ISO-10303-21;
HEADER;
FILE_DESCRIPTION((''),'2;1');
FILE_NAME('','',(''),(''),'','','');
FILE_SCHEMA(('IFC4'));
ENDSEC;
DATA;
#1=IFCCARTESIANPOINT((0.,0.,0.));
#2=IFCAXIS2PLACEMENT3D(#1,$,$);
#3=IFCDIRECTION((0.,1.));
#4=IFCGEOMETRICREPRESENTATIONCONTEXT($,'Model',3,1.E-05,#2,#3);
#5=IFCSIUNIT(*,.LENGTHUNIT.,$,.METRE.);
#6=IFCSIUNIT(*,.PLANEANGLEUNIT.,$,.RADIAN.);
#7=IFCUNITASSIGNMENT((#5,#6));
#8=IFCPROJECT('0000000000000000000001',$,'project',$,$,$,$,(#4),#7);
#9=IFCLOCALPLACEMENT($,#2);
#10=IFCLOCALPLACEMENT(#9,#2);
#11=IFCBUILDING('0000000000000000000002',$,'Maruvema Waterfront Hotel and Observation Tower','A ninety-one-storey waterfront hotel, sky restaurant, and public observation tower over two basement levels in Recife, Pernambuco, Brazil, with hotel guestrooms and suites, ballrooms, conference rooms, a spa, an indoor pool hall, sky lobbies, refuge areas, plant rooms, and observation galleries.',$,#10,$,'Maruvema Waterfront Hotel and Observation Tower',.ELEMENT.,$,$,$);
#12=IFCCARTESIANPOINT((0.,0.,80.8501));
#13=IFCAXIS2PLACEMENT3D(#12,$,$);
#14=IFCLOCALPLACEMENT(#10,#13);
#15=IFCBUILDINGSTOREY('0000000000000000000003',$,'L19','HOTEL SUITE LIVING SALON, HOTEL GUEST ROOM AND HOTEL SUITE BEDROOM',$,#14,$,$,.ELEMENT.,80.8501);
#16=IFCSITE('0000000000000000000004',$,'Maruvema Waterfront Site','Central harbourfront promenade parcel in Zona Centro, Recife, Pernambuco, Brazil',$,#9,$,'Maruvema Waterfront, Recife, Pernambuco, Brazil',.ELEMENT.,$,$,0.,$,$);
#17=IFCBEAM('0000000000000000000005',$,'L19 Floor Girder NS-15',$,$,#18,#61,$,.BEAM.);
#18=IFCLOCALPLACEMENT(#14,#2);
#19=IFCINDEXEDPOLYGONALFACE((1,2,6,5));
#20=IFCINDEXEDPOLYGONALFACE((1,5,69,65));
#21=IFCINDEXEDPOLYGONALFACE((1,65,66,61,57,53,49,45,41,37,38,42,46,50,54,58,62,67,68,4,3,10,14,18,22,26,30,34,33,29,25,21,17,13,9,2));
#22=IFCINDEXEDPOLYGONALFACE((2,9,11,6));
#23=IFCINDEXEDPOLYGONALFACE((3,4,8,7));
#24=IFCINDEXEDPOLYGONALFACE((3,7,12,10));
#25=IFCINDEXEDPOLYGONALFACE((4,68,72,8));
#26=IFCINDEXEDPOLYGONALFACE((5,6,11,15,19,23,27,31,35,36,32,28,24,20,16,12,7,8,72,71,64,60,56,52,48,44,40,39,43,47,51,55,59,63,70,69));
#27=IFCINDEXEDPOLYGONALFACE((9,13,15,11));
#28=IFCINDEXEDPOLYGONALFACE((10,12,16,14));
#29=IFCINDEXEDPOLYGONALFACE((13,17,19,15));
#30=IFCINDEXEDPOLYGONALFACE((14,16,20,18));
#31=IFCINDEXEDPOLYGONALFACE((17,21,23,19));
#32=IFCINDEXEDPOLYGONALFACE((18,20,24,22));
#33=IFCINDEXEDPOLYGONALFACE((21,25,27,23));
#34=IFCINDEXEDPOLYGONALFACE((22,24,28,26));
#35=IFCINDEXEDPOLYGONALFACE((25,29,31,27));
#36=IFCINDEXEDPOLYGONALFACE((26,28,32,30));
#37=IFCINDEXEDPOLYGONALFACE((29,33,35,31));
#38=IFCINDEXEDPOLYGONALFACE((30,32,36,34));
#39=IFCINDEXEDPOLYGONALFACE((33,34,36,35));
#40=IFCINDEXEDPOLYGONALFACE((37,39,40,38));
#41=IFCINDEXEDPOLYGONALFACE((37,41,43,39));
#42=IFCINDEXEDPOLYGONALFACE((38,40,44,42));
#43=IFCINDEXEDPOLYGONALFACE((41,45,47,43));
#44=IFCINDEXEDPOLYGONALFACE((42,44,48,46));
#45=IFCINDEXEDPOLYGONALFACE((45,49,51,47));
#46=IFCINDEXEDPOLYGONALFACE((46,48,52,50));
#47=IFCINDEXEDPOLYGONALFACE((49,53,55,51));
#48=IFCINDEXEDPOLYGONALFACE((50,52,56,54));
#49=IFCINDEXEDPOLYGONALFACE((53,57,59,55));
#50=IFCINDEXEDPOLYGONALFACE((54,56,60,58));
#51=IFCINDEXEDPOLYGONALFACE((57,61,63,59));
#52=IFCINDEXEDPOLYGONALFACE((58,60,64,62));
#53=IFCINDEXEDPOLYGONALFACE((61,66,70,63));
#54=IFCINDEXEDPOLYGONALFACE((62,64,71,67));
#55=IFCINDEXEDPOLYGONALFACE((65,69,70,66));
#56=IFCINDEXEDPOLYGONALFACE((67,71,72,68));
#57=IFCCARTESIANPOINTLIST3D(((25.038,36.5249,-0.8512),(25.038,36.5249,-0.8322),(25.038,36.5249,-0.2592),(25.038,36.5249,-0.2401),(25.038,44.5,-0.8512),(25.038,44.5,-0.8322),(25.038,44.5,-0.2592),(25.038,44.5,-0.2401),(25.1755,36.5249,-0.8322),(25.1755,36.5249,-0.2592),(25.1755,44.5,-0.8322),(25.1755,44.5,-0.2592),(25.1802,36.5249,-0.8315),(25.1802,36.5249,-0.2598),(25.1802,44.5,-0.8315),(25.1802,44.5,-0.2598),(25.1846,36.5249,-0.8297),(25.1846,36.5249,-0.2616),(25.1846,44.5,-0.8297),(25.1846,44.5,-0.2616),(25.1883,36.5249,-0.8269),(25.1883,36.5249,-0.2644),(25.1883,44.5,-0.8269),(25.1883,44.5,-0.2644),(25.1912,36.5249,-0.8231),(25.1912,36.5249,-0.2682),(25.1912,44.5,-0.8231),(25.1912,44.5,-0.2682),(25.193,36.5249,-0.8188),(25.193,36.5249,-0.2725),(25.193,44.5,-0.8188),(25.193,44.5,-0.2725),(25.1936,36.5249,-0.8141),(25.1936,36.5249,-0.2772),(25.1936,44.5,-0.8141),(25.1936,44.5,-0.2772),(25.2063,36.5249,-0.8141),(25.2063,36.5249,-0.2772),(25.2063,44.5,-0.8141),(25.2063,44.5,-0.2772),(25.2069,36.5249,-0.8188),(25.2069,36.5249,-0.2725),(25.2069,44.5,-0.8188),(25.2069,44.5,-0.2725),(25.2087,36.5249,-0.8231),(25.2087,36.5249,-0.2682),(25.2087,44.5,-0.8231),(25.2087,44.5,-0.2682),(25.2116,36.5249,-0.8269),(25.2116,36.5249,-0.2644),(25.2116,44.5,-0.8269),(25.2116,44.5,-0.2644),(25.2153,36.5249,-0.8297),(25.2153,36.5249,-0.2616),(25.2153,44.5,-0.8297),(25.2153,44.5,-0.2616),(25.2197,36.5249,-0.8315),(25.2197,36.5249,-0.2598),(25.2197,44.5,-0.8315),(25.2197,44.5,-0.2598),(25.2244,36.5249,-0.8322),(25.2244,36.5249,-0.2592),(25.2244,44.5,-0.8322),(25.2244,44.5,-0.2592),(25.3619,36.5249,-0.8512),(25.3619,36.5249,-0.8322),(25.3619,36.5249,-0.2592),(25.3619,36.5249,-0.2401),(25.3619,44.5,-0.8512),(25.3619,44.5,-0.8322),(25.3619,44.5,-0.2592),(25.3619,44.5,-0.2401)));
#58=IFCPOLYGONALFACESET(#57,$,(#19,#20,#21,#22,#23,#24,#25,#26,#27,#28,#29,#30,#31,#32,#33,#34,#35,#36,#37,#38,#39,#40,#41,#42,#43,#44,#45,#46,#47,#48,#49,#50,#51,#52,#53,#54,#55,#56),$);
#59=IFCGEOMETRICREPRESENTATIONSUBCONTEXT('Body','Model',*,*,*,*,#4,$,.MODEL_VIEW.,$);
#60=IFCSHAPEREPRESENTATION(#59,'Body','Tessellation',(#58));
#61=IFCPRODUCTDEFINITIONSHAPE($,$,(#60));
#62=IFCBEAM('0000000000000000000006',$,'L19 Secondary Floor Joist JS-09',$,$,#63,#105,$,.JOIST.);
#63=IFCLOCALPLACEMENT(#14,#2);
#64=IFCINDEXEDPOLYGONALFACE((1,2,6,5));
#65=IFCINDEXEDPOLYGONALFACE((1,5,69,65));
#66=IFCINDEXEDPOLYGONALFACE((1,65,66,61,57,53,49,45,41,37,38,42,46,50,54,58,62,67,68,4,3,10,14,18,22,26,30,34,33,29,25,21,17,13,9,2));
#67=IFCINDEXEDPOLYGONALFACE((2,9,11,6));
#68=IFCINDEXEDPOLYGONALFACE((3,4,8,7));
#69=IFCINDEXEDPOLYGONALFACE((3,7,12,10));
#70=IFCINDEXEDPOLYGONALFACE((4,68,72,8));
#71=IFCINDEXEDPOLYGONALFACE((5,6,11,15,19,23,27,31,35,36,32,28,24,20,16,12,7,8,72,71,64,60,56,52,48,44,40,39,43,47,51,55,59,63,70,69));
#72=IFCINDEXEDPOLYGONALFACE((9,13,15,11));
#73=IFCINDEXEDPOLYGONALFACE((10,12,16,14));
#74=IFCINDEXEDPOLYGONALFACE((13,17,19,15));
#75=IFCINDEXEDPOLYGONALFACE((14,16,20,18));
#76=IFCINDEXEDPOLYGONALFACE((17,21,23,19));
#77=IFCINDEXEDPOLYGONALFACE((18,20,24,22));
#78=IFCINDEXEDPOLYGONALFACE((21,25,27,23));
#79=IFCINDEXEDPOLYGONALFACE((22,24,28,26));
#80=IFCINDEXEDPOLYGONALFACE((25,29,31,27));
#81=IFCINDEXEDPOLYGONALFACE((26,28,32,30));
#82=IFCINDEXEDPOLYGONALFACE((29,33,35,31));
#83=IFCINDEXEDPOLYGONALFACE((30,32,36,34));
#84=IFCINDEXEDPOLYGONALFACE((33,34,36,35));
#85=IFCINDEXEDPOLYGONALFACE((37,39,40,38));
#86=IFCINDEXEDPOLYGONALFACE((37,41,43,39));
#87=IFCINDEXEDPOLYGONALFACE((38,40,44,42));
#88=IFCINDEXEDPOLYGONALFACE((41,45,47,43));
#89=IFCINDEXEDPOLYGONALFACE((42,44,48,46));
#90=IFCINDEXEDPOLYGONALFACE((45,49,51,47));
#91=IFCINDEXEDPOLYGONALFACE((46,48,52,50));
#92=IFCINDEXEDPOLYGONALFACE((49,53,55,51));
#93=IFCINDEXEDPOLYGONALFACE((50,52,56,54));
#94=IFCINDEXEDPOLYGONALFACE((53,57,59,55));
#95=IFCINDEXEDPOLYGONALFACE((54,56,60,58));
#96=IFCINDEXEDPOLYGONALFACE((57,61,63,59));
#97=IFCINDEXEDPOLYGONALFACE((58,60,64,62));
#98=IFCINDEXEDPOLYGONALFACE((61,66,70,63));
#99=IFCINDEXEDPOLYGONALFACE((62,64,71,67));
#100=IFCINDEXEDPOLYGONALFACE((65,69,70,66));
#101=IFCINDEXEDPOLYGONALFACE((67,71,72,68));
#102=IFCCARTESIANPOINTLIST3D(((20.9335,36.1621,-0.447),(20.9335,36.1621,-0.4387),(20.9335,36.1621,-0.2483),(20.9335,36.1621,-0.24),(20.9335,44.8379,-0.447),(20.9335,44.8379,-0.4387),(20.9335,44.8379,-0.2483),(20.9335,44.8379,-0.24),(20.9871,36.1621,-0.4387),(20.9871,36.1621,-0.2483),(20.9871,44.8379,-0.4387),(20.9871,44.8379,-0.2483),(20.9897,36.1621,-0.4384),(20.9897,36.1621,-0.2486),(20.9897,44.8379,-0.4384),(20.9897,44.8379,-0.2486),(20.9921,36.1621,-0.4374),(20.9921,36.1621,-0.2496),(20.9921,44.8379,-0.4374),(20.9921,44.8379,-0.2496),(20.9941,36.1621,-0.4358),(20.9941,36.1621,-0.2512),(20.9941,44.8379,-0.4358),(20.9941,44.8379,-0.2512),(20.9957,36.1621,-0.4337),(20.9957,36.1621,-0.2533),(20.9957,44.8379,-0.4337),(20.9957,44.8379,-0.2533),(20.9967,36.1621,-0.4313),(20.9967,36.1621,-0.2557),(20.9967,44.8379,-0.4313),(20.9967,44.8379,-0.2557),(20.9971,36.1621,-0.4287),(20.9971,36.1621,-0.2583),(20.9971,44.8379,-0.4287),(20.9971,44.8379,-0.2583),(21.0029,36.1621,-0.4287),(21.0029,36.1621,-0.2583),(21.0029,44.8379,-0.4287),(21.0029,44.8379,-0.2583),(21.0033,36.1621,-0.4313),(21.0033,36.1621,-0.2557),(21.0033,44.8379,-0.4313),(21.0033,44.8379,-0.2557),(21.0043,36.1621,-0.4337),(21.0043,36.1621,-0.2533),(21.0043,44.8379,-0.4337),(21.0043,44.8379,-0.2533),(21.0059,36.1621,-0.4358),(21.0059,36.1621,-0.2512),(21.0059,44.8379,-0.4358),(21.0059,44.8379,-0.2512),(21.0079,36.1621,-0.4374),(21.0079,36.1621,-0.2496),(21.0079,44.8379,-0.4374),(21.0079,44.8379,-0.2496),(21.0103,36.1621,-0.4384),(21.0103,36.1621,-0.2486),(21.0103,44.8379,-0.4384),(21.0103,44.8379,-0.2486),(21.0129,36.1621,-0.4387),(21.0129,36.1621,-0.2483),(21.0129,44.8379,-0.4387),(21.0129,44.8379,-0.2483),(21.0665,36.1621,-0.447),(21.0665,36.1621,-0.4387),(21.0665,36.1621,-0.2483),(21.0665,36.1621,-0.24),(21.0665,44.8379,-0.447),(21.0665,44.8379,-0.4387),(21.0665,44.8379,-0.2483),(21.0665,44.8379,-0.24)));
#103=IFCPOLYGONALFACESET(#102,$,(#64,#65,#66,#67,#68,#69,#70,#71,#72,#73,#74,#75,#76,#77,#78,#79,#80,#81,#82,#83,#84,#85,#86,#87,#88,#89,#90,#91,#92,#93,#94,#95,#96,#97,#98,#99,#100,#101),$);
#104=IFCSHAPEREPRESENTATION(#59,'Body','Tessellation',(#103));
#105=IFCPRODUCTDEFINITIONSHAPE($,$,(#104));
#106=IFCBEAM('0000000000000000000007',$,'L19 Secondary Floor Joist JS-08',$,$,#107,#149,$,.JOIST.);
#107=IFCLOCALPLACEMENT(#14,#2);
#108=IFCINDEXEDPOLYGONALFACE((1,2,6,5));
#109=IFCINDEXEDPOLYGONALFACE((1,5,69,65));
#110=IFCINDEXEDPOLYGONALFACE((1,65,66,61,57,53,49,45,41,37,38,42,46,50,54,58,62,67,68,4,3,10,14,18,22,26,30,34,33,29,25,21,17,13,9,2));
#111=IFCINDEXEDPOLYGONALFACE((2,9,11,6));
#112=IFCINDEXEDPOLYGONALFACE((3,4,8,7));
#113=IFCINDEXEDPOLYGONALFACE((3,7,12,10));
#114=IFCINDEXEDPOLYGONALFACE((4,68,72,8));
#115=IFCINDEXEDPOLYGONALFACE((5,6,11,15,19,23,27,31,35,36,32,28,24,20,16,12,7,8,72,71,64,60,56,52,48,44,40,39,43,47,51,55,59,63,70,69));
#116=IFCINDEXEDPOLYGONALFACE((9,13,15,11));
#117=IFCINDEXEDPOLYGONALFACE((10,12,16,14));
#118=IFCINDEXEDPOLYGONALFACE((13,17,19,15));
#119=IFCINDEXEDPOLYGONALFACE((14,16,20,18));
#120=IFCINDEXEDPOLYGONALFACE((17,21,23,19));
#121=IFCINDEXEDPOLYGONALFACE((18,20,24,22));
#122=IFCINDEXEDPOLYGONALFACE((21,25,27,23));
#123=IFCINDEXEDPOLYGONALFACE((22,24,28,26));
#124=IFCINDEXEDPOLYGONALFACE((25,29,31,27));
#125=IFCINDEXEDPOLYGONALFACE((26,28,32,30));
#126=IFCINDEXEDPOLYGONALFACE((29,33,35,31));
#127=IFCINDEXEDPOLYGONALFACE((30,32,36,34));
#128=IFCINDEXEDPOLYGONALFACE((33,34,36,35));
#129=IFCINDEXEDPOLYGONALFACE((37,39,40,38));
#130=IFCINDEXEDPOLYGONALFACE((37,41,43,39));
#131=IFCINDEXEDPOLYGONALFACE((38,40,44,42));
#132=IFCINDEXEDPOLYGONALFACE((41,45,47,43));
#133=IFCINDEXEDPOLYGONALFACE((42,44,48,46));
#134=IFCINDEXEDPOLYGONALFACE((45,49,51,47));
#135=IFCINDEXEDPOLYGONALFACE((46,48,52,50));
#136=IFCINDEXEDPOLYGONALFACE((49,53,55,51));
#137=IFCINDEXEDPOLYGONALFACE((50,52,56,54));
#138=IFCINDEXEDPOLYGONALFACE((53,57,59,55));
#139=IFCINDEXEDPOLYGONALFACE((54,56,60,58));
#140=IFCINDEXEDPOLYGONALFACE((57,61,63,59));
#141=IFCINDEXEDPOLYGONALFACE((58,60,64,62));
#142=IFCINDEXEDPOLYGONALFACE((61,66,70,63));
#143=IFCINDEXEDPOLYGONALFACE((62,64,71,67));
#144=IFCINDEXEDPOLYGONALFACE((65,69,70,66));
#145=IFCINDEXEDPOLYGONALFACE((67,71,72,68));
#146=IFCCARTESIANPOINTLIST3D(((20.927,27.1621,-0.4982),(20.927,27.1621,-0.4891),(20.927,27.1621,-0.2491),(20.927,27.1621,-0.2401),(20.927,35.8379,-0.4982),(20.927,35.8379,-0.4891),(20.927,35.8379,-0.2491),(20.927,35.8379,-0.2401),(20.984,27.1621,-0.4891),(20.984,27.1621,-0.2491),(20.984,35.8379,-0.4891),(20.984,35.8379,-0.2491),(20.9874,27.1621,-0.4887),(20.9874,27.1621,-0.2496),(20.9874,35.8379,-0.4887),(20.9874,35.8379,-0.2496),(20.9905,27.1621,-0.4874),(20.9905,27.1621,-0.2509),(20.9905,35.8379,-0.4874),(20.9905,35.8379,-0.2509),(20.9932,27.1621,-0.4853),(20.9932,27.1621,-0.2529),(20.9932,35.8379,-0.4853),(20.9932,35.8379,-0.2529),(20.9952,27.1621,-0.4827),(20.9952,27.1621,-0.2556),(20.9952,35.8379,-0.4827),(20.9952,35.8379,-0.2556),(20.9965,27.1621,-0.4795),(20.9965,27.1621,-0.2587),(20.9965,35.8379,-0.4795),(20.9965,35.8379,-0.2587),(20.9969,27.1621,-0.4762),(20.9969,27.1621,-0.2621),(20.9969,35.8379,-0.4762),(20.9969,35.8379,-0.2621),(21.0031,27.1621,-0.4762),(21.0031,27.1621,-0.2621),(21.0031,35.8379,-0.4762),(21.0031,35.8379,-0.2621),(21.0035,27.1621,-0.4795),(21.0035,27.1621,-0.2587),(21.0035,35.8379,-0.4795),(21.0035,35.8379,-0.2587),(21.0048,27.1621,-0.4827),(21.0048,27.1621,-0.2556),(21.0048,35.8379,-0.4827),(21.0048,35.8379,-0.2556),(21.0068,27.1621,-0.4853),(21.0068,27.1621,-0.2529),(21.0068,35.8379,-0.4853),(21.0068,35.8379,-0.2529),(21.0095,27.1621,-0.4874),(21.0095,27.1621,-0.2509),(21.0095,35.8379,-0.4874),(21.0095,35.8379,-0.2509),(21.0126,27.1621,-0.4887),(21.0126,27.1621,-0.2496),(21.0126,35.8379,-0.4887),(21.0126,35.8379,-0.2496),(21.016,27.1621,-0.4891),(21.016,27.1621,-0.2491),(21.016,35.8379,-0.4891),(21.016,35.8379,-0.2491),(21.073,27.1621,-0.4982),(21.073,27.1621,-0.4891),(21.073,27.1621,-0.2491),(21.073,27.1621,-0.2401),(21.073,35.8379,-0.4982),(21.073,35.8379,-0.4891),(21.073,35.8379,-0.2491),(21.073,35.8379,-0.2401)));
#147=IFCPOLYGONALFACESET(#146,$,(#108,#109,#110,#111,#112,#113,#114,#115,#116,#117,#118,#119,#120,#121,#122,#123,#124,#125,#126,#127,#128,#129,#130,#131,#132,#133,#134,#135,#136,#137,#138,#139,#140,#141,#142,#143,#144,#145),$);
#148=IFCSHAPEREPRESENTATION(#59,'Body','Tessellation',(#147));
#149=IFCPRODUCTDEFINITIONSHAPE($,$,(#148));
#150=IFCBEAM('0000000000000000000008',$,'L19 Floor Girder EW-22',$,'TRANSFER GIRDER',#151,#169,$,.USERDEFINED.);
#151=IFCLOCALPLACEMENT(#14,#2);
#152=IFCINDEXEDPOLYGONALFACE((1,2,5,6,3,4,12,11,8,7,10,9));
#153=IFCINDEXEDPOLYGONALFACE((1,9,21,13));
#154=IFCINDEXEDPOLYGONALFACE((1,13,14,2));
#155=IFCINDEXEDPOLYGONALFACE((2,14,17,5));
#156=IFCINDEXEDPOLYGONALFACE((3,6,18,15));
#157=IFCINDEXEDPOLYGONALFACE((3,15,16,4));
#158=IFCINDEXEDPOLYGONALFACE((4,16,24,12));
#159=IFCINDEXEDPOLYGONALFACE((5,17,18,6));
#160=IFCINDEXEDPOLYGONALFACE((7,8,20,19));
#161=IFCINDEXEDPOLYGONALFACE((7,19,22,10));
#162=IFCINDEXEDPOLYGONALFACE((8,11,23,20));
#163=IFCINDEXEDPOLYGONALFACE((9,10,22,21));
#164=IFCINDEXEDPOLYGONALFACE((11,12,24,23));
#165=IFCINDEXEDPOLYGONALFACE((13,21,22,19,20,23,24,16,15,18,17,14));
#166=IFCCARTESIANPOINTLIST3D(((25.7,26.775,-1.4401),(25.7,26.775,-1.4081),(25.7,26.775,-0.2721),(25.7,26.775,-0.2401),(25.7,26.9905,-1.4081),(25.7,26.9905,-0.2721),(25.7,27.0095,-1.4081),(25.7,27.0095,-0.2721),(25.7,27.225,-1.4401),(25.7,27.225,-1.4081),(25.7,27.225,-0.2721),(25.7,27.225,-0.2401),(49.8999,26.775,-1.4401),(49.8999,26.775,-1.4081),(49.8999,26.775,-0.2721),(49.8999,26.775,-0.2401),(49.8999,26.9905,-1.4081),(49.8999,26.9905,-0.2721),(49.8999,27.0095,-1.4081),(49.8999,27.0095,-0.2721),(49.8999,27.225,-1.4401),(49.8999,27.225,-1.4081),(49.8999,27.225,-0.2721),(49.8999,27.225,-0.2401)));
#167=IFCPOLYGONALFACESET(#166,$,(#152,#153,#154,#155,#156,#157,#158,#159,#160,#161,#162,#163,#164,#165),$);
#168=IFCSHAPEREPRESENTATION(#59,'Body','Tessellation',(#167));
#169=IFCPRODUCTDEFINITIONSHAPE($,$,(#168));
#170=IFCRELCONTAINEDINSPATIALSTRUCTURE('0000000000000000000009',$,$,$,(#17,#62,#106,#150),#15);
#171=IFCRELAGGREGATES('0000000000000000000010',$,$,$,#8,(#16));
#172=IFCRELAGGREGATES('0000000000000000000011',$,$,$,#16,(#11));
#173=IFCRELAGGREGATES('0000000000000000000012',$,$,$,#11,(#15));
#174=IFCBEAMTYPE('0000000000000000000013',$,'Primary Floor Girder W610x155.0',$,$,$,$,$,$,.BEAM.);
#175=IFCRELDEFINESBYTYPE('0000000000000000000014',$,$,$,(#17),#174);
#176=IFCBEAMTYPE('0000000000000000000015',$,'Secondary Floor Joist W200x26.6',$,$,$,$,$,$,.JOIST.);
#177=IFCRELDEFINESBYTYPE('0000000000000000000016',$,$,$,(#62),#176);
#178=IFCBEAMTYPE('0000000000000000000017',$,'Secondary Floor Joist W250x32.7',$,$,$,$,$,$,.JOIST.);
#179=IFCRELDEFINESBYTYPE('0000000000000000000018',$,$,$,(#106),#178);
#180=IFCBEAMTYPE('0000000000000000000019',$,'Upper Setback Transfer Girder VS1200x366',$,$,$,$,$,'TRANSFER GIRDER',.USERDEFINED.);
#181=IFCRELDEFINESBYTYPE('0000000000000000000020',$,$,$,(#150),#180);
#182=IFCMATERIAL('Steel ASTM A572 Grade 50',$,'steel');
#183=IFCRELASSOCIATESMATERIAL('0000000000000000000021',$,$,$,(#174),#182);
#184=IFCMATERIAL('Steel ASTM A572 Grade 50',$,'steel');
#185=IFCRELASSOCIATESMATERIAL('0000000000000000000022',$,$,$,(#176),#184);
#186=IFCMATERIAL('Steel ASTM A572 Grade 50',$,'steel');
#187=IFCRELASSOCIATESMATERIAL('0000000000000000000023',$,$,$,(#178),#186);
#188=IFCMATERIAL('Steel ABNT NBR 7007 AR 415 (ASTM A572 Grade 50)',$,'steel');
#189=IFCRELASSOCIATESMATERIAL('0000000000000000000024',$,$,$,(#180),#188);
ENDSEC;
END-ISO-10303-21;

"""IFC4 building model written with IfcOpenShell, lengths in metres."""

from ifc_helpers import new_model, si_unit, direction, frame, origin, origin_2d, place, context, subcontext, project, spatial, i_section, extrude, material, material_profile, profile_set, type_object, element, save


model = new_model("IFC4")

# Units and contexts
model_context = context("Model", 3, precision=1e-05, world=origin(), true_north=direction((0.0, 1.0)))
body_context = subcontext(model_context, "Body", "Model", "MODEL_VIEW")
ifc_project = project(units=[si_unit("LENGTHUNIT", "METRE"), si_unit("PLANEANGLEUNIT", "RADIAN")], contexts=[model_context])

# Site, building, storey
site_placement = place(None, origin())
site = spatial("IfcSite", under=ifc_project, at=site_placement, Name="Maruvema Waterfront Site", Description="Central harbourfront promenade parcel in Zona Centro, Recife, Pernambuco, Brazil", LongName="Maruvema Waterfront, Recife, Pernambuco, Brazil", CompositionType="ELEMENT", RefElevation=0.0)
building_placement = place(site_placement, origin())
building = spatial("IfcBuilding", under=site, at=building_placement, Name="Maruvema Waterfront Hotel and Observation Tower", Description="A ninety-one-storey waterfront hotel, sky restaurant, and public observation tower over two basement levels in Recife, Pernambuco, Brazil, with hotel guestrooms and suites, ballrooms, conference rooms, a spa, an indoor pool hall, sky lobbies, refuge areas, plant rooms, and observation galleries.", LongName="Maruvema Waterfront Hotel and Observation Tower", CompositionType="ELEMENT")
storey_placement = place(building_placement, frame((0.0, 0.0, 80.8501)))
storey = spatial("IfcBuildingStorey", under=building, at=storey_placement, Name="L19", Description="HOTEL SUITE LIVING SALON, HOTEL GUEST ROOM AND HOTEL SUITE BEDROOM", CompositionType="ELEMENT", Elevation=80.8501)

# Beams
ifc_material_1 = material(Name="Steel ASTM A572 Grade 50", Category="steel")
ifc_material_profile_1 = material_profile(ifc_material_1, i_section(OverallWidth=0.324, OverallDepth=0.6111, WebThickness=0.0127, FlangeThickness=0.019, FilletRadius=0.0181, at=origin_2d()), Name="W610x155.0")
ifc_profile_set_1 = profile_set([ifc_material_profile_1], Name="Steel ASTM A572 Grade 50")
beam_type_1 = type_object("IfcBeamType", Name="Primary Floor Girder W610x155.0", PredefinedType="BEAM", material=ifc_profile_set_1)
for number, where, z_axis, x_axis, name in (
    (1, (25.2, 36.5249, -0.5457), (0.0, 1.0, 0.0), (-1.0, 0.0, 0.0), "L19 Floor Girder NS-15"),
):
    element("IfcBeam", number, at=place(storey_placement, frame(where, z_axis=z_axis, x_axis=x_axis)), inside=storey, type_object=beam_type_1, Name=name, PredefinedType="BEAM", context=body_context, shape_type="SweptSolid", body=[
        extrude(i_section(OverallWidth=0.324, OverallDepth=0.6111, WebThickness=0.0127, FlangeThickness=0.019, FilletRadius=0.0181, at=origin_2d()), origin(), (0.0, 0.0, 1.0), 7.9751),
    ])
ifc_material_2 = material(Name="Steel ASTM A572 Grade 50", Category="steel")
ifc_material_profile_2 = material_profile(ifc_material_2, i_section(OverallWidth=0.1331, OverallDepth=0.207, WebThickness=0.0059, FlangeThickness=0.0083, FilletRadius=0.01, at=origin_2d()), Name="W200x26.6")
ifc_profile_set_2 = profile_set([ifc_material_profile_2], Name="Steel ASTM A572 Grade 50")
beam_type_2 = type_object("IfcBeamType", Name="Secondary Floor Joist W200x26.6", PredefinedType="JOIST", material=ifc_profile_set_2)
beam_1_placement = place(storey_placement, frame((21.0, 36.1621, -0.3435), z_axis=(0.0, 1.0, 0.0), x_axis=(-1.0, 0.0, 0.0)))
element("IfcBeam", 2, at=beam_1_placement, inside=storey, type_object=beam_type_2, Name="L19 Secondary Floor Joist JS-09", PredefinedType="JOIST", context=body_context, shape_type="SweptSolid", body=[
    extrude(i_section(OverallWidth=0.1331, OverallDepth=0.207, WebThickness=0.0059, FlangeThickness=0.0083, FilletRadius=0.01, at=origin_2d()), origin(), (0.0, 0.0, 1.0), 8.6758),
])
ifc_material_3 = material(Name="Steel ASTM A572 Grade 50", Category="steel")
ifc_material_profile_3 = material_profile(ifc_material_3, i_section(OverallWidth=0.146, OverallDepth=0.2581, WebThickness=0.0061, FlangeThickness=0.009, FilletRadius=0.0129, at=origin_2d()), Name="W250x32.7")
ifc_profile_set_3 = profile_set([ifc_material_profile_3], Name="Steel ASTM A572 Grade 50")
beam_type_3 = type_object("IfcBeamType", Name="Secondary Floor Joist W250x32.7", PredefinedType="JOIST", material=ifc_profile_set_3)
beam_2_placement = place(storey_placement, frame((21.0, 27.1621, -0.3691), z_axis=(0.0, 1.0, 0.0), x_axis=(-1.0, 0.0, 0.0)))
element("IfcBeam", 3, at=beam_2_placement, inside=storey, type_object=beam_type_3, Name="L19 Secondary Floor Joist JS-08", PredefinedType="JOIST", context=body_context, shape_type="SweptSolid", body=[
    extrude(i_section(OverallWidth=0.146, OverallDepth=0.2581, WebThickness=0.0061, FlangeThickness=0.009, FilletRadius=0.0129, at=origin_2d()), origin(), (0.0, 0.0, 1.0), 8.6758),
])
ifc_material_4 = material(Name="Steel ABNT NBR 7007 AR 415 (ASTM A572 Grade 50)", Category="steel")
ifc_material_profile_4 = material_profile(ifc_material_4, i_section(OverallWidth=0.45, OverallDepth=1.2, WebThickness=0.019, FlangeThickness=0.032, at=origin_2d()), Name="VS1200x366")
ifc_profile_set_4 = profile_set([ifc_material_profile_4], Name="Steel ABNT NBR 7007 AR 415 (ASTM A572 Grade 50)")
beam_type_4 = type_object("IfcBeamType", Name="Upper Setback Transfer Girder VS1200x366", ElementType="TRANSFER GIRDER", PredefinedType="USERDEFINED", material=ifc_profile_set_4)
beam_3_placement = place(storey_placement, frame((25.7, 27.0, -0.8401), z_axis=(1.0, 0.0, 0.0), x_axis=(0.0, 1.0, 0.0)))
element("IfcBeam", 4, at=beam_3_placement, inside=storey, type_object=beam_type_4, Name="L19 Floor Girder EW-22", ObjectType="TRANSFER GIRDER", PredefinedType="USERDEFINED", context=body_context, shape_type="SweptSolid", body=[
    extrude(i_section(OverallWidth=0.45, OverallDepth=1.2, WebThickness=0.019, FlangeThickness=0.032, at=origin_2d()), origin(), (0.0, 0.0, 1.0), 24.2),
])

save(model, "model.ifc")
